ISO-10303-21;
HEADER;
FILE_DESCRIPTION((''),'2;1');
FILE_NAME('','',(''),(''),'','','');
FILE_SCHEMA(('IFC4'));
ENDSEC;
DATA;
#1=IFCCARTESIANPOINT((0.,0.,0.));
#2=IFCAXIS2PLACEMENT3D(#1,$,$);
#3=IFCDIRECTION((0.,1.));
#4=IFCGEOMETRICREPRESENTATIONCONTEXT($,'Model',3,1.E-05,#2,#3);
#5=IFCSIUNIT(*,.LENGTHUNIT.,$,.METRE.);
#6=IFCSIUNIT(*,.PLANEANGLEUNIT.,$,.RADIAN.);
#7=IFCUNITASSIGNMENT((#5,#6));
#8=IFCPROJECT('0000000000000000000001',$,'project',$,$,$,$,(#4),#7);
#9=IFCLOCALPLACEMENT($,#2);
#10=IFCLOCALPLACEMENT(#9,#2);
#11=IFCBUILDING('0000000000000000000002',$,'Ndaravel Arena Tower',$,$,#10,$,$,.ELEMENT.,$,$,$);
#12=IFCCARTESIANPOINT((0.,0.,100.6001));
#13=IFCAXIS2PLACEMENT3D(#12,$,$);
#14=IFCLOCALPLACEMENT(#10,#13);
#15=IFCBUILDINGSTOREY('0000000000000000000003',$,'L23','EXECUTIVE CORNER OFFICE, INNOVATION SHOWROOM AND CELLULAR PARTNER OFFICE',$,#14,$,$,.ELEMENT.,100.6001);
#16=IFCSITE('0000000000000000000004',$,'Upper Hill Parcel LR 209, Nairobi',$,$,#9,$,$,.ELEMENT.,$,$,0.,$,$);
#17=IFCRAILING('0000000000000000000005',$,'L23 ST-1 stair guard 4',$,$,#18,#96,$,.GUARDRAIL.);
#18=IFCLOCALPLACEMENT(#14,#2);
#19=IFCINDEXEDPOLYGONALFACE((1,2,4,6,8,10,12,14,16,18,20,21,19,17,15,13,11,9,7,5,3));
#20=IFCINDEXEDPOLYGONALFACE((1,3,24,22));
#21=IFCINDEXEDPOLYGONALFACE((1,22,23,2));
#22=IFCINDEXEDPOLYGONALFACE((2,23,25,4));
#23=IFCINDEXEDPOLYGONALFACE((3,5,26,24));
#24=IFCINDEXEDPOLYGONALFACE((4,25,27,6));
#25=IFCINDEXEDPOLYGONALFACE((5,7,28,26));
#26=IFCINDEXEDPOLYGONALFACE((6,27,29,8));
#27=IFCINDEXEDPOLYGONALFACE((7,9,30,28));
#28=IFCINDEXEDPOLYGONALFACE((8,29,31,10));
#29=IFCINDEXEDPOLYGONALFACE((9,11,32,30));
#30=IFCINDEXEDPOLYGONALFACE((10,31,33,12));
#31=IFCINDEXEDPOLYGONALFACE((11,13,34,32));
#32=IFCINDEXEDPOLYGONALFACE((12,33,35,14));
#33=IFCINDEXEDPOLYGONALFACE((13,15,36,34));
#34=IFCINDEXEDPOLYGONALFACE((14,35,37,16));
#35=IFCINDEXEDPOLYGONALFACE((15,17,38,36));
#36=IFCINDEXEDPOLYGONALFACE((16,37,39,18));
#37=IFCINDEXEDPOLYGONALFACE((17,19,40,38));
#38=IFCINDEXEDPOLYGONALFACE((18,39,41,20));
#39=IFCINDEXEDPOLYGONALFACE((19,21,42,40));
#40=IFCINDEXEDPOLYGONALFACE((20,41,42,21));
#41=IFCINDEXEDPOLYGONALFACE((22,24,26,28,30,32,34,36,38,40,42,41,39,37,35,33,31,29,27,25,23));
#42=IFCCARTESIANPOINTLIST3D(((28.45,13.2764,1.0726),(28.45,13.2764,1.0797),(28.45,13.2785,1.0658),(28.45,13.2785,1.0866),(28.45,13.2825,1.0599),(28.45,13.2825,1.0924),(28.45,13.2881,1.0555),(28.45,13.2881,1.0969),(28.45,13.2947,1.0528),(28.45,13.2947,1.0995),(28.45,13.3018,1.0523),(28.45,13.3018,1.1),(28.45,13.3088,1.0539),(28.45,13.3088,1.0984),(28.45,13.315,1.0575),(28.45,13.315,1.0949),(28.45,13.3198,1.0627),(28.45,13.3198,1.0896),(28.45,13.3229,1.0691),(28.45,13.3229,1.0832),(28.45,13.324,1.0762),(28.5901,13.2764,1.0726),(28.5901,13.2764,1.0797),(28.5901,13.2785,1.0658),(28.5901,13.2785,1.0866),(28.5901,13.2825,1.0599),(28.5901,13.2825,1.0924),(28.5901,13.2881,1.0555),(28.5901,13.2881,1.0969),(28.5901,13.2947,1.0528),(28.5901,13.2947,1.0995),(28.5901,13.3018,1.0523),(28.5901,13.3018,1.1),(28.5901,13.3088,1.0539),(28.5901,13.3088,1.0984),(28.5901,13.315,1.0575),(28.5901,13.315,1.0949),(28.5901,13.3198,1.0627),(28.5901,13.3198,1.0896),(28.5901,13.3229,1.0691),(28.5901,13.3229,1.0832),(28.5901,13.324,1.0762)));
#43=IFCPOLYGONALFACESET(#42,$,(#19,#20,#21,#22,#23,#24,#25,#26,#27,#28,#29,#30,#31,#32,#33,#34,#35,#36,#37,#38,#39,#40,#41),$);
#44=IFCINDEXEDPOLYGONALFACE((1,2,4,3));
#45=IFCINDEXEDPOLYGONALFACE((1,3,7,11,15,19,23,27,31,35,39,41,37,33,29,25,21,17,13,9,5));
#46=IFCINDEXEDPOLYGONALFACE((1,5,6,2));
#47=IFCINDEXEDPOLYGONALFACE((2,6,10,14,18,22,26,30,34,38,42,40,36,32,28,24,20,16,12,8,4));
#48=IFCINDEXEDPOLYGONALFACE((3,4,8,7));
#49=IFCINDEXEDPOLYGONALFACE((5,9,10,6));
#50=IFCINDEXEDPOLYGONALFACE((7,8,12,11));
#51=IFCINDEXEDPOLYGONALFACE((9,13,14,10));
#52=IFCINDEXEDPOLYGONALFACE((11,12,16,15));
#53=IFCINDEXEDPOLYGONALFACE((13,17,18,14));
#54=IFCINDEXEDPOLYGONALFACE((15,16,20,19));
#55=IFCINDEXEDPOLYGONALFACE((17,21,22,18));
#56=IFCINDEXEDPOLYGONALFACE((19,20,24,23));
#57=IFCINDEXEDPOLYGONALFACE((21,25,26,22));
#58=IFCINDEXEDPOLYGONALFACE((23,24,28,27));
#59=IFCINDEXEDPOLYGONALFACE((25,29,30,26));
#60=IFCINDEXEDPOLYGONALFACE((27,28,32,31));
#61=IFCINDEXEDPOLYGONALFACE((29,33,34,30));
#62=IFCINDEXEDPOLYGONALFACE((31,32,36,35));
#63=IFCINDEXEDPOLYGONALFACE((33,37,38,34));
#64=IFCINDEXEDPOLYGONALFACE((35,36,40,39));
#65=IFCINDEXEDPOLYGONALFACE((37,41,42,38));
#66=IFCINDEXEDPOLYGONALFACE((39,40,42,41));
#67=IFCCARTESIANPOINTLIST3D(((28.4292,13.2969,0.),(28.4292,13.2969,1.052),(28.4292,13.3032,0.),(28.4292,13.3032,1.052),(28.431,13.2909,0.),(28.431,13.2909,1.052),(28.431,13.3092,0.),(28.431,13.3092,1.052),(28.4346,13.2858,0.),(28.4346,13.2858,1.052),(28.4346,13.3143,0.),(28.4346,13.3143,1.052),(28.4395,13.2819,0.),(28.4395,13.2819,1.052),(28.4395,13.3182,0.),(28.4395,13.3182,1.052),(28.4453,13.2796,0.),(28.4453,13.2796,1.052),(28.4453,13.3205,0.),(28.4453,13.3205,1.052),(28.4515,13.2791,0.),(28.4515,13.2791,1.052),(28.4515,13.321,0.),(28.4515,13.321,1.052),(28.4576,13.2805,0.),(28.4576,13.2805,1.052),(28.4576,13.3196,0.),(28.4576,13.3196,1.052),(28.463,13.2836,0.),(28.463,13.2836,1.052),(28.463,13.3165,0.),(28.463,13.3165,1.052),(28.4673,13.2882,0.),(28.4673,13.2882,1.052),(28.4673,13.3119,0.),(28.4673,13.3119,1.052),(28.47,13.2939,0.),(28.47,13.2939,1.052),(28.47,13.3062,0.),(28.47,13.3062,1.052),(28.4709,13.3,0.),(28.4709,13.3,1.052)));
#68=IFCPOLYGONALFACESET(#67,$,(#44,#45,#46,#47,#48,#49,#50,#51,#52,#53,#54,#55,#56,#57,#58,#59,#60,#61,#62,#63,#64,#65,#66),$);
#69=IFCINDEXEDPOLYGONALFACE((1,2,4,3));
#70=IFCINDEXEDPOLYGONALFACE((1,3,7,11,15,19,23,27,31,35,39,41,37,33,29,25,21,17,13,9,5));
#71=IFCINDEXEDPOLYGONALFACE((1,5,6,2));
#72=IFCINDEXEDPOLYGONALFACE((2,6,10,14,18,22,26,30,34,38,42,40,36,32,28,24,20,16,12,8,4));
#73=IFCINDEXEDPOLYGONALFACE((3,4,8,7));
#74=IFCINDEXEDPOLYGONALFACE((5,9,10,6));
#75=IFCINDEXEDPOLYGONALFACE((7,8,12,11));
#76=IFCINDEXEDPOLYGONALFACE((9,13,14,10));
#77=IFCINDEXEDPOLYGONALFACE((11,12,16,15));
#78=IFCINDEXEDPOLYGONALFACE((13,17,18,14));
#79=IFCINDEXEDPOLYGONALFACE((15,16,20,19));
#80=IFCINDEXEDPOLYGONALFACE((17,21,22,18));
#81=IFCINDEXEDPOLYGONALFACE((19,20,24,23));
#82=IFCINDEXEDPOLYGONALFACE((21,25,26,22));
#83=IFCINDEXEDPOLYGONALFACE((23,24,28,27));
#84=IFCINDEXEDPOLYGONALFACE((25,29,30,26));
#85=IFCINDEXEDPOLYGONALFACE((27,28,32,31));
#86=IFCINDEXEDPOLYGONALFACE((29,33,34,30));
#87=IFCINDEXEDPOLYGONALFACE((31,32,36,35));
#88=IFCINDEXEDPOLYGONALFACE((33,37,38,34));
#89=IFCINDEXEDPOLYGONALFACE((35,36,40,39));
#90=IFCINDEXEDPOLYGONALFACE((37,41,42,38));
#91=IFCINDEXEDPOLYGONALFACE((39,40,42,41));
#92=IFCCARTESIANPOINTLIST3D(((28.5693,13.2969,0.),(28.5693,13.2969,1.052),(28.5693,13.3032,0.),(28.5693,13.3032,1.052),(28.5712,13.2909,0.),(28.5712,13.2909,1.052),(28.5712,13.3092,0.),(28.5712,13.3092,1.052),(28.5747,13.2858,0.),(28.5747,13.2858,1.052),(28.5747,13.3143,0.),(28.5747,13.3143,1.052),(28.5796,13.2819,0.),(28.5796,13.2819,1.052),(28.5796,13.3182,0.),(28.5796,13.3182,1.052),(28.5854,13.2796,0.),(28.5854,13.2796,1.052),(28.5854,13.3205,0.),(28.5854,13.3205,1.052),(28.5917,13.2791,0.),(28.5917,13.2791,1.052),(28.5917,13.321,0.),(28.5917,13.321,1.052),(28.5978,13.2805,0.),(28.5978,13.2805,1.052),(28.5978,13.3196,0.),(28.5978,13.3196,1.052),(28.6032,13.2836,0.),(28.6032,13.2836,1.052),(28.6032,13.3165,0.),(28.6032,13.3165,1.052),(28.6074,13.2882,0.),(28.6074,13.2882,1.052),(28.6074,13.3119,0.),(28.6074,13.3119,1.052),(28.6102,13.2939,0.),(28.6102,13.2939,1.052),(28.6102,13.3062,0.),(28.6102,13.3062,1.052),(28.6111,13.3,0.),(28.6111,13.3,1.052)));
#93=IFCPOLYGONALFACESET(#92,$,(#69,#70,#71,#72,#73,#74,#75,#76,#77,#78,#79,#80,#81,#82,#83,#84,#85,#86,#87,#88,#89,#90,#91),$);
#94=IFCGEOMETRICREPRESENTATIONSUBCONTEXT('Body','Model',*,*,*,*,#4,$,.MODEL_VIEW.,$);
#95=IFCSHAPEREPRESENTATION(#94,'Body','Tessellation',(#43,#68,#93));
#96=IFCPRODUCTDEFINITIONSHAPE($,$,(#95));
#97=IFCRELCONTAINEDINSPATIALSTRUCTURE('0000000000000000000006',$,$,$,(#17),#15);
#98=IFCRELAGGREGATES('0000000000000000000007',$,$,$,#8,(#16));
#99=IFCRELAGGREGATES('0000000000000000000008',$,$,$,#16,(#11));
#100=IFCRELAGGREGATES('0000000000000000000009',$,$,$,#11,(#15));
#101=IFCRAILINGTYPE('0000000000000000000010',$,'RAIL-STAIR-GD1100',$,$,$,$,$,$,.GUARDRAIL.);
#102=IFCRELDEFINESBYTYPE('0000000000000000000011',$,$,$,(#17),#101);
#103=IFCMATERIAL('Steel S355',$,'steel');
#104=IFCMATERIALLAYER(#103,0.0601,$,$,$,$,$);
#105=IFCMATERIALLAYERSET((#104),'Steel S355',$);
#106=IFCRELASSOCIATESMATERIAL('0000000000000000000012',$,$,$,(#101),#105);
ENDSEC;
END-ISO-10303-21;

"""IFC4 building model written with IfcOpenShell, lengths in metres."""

from ifc_helpers import new_model, si_unit, direction, frame, origin, origin_2d, place, context, subcontext, project, spatial, circle, extrude, material, layer, layer_set, type_object, element, save


model = new_model("IFC4")

# Units and contexts
model_context = context("Model", 3, precision=1e-05, world=origin(), true_north=direction((0.0, 1.0)))
body_context = subcontext(model_context, "Body", "Model", "MODEL_VIEW")
ifc_project = project(units=[si_unit("LENGTHUNIT", "METRE"), si_unit("PLANEANGLEUNIT", "RADIAN")], contexts=[model_context])

# Site, building, storey
site_placement = place(None, origin())
site = spatial("IfcSite", under=ifc_project, at=site_placement, Name="Upper Hill Parcel LR 209, Nairobi", CompositionType="ELEMENT", RefElevation=0.0)
building_placement = place(site_placement, origin())
building = spatial("IfcBuilding", under=site, at=building_placement, Name="Ndaravel Arena Tower", CompositionType="ELEMENT")
storey_placement = place(building_placement, frame((0.0, 0.0, 100.6001)))
storey = spatial("IfcBuildingStorey", under=building, at=storey_placement, Name="L23", Description="EXECUTIVE CORNER OFFICE, INNOVATION SHOWROOM AND CELLULAR PARTNER OFFICE", CompositionType="ELEMENT", Elevation=100.6001)

# Railing
ifc_material_1 = material(Name="Steel S355", Category="steel")
ifc_layer_1 = layer(ifc_material_1, 0.0601)
ifc_layer_set_1 = layer_set([ifc_layer_1], Name="Steel S355")
railing_type_1 = type_object("IfcRailingType", Name="RAIL-STAIR-GD1100", PredefinedType="GUARDRAIL", material=ifc_layer_set_1)
railing_1_placement = place(storey_placement, frame((28.45, 13.3, 0.0)))
element("IfcRailing", 1, at=railing_1_placement, inside=storey, type_object=railing_type_1, Name="L23 ST-1 stair guard 4", PredefinedType="GUARDRAIL", context=body_context, shape_type="SweptSolid", body=[
    extrude(circle(Radius=0.0239, at=origin_2d()), frame((0.0, 0.0, 1.0762), z_axis=(1.0, 0.0, 0.0), x_axis=(0.0, 1.0, 0.0)), (0.0, 0.0, 1.0), 0.1401),
    extrude(circle(Radius=0.021, at=origin_2d()), origin(), (0.0, 0.0, 1.0), 1.052),
    extrude(circle(Radius=0.021, at=origin_2d()), frame((0.1401, 0.0, 0.0)), (0.0, 0.0, 1.0), 1.052),
])

save(model, "model.ifc")
